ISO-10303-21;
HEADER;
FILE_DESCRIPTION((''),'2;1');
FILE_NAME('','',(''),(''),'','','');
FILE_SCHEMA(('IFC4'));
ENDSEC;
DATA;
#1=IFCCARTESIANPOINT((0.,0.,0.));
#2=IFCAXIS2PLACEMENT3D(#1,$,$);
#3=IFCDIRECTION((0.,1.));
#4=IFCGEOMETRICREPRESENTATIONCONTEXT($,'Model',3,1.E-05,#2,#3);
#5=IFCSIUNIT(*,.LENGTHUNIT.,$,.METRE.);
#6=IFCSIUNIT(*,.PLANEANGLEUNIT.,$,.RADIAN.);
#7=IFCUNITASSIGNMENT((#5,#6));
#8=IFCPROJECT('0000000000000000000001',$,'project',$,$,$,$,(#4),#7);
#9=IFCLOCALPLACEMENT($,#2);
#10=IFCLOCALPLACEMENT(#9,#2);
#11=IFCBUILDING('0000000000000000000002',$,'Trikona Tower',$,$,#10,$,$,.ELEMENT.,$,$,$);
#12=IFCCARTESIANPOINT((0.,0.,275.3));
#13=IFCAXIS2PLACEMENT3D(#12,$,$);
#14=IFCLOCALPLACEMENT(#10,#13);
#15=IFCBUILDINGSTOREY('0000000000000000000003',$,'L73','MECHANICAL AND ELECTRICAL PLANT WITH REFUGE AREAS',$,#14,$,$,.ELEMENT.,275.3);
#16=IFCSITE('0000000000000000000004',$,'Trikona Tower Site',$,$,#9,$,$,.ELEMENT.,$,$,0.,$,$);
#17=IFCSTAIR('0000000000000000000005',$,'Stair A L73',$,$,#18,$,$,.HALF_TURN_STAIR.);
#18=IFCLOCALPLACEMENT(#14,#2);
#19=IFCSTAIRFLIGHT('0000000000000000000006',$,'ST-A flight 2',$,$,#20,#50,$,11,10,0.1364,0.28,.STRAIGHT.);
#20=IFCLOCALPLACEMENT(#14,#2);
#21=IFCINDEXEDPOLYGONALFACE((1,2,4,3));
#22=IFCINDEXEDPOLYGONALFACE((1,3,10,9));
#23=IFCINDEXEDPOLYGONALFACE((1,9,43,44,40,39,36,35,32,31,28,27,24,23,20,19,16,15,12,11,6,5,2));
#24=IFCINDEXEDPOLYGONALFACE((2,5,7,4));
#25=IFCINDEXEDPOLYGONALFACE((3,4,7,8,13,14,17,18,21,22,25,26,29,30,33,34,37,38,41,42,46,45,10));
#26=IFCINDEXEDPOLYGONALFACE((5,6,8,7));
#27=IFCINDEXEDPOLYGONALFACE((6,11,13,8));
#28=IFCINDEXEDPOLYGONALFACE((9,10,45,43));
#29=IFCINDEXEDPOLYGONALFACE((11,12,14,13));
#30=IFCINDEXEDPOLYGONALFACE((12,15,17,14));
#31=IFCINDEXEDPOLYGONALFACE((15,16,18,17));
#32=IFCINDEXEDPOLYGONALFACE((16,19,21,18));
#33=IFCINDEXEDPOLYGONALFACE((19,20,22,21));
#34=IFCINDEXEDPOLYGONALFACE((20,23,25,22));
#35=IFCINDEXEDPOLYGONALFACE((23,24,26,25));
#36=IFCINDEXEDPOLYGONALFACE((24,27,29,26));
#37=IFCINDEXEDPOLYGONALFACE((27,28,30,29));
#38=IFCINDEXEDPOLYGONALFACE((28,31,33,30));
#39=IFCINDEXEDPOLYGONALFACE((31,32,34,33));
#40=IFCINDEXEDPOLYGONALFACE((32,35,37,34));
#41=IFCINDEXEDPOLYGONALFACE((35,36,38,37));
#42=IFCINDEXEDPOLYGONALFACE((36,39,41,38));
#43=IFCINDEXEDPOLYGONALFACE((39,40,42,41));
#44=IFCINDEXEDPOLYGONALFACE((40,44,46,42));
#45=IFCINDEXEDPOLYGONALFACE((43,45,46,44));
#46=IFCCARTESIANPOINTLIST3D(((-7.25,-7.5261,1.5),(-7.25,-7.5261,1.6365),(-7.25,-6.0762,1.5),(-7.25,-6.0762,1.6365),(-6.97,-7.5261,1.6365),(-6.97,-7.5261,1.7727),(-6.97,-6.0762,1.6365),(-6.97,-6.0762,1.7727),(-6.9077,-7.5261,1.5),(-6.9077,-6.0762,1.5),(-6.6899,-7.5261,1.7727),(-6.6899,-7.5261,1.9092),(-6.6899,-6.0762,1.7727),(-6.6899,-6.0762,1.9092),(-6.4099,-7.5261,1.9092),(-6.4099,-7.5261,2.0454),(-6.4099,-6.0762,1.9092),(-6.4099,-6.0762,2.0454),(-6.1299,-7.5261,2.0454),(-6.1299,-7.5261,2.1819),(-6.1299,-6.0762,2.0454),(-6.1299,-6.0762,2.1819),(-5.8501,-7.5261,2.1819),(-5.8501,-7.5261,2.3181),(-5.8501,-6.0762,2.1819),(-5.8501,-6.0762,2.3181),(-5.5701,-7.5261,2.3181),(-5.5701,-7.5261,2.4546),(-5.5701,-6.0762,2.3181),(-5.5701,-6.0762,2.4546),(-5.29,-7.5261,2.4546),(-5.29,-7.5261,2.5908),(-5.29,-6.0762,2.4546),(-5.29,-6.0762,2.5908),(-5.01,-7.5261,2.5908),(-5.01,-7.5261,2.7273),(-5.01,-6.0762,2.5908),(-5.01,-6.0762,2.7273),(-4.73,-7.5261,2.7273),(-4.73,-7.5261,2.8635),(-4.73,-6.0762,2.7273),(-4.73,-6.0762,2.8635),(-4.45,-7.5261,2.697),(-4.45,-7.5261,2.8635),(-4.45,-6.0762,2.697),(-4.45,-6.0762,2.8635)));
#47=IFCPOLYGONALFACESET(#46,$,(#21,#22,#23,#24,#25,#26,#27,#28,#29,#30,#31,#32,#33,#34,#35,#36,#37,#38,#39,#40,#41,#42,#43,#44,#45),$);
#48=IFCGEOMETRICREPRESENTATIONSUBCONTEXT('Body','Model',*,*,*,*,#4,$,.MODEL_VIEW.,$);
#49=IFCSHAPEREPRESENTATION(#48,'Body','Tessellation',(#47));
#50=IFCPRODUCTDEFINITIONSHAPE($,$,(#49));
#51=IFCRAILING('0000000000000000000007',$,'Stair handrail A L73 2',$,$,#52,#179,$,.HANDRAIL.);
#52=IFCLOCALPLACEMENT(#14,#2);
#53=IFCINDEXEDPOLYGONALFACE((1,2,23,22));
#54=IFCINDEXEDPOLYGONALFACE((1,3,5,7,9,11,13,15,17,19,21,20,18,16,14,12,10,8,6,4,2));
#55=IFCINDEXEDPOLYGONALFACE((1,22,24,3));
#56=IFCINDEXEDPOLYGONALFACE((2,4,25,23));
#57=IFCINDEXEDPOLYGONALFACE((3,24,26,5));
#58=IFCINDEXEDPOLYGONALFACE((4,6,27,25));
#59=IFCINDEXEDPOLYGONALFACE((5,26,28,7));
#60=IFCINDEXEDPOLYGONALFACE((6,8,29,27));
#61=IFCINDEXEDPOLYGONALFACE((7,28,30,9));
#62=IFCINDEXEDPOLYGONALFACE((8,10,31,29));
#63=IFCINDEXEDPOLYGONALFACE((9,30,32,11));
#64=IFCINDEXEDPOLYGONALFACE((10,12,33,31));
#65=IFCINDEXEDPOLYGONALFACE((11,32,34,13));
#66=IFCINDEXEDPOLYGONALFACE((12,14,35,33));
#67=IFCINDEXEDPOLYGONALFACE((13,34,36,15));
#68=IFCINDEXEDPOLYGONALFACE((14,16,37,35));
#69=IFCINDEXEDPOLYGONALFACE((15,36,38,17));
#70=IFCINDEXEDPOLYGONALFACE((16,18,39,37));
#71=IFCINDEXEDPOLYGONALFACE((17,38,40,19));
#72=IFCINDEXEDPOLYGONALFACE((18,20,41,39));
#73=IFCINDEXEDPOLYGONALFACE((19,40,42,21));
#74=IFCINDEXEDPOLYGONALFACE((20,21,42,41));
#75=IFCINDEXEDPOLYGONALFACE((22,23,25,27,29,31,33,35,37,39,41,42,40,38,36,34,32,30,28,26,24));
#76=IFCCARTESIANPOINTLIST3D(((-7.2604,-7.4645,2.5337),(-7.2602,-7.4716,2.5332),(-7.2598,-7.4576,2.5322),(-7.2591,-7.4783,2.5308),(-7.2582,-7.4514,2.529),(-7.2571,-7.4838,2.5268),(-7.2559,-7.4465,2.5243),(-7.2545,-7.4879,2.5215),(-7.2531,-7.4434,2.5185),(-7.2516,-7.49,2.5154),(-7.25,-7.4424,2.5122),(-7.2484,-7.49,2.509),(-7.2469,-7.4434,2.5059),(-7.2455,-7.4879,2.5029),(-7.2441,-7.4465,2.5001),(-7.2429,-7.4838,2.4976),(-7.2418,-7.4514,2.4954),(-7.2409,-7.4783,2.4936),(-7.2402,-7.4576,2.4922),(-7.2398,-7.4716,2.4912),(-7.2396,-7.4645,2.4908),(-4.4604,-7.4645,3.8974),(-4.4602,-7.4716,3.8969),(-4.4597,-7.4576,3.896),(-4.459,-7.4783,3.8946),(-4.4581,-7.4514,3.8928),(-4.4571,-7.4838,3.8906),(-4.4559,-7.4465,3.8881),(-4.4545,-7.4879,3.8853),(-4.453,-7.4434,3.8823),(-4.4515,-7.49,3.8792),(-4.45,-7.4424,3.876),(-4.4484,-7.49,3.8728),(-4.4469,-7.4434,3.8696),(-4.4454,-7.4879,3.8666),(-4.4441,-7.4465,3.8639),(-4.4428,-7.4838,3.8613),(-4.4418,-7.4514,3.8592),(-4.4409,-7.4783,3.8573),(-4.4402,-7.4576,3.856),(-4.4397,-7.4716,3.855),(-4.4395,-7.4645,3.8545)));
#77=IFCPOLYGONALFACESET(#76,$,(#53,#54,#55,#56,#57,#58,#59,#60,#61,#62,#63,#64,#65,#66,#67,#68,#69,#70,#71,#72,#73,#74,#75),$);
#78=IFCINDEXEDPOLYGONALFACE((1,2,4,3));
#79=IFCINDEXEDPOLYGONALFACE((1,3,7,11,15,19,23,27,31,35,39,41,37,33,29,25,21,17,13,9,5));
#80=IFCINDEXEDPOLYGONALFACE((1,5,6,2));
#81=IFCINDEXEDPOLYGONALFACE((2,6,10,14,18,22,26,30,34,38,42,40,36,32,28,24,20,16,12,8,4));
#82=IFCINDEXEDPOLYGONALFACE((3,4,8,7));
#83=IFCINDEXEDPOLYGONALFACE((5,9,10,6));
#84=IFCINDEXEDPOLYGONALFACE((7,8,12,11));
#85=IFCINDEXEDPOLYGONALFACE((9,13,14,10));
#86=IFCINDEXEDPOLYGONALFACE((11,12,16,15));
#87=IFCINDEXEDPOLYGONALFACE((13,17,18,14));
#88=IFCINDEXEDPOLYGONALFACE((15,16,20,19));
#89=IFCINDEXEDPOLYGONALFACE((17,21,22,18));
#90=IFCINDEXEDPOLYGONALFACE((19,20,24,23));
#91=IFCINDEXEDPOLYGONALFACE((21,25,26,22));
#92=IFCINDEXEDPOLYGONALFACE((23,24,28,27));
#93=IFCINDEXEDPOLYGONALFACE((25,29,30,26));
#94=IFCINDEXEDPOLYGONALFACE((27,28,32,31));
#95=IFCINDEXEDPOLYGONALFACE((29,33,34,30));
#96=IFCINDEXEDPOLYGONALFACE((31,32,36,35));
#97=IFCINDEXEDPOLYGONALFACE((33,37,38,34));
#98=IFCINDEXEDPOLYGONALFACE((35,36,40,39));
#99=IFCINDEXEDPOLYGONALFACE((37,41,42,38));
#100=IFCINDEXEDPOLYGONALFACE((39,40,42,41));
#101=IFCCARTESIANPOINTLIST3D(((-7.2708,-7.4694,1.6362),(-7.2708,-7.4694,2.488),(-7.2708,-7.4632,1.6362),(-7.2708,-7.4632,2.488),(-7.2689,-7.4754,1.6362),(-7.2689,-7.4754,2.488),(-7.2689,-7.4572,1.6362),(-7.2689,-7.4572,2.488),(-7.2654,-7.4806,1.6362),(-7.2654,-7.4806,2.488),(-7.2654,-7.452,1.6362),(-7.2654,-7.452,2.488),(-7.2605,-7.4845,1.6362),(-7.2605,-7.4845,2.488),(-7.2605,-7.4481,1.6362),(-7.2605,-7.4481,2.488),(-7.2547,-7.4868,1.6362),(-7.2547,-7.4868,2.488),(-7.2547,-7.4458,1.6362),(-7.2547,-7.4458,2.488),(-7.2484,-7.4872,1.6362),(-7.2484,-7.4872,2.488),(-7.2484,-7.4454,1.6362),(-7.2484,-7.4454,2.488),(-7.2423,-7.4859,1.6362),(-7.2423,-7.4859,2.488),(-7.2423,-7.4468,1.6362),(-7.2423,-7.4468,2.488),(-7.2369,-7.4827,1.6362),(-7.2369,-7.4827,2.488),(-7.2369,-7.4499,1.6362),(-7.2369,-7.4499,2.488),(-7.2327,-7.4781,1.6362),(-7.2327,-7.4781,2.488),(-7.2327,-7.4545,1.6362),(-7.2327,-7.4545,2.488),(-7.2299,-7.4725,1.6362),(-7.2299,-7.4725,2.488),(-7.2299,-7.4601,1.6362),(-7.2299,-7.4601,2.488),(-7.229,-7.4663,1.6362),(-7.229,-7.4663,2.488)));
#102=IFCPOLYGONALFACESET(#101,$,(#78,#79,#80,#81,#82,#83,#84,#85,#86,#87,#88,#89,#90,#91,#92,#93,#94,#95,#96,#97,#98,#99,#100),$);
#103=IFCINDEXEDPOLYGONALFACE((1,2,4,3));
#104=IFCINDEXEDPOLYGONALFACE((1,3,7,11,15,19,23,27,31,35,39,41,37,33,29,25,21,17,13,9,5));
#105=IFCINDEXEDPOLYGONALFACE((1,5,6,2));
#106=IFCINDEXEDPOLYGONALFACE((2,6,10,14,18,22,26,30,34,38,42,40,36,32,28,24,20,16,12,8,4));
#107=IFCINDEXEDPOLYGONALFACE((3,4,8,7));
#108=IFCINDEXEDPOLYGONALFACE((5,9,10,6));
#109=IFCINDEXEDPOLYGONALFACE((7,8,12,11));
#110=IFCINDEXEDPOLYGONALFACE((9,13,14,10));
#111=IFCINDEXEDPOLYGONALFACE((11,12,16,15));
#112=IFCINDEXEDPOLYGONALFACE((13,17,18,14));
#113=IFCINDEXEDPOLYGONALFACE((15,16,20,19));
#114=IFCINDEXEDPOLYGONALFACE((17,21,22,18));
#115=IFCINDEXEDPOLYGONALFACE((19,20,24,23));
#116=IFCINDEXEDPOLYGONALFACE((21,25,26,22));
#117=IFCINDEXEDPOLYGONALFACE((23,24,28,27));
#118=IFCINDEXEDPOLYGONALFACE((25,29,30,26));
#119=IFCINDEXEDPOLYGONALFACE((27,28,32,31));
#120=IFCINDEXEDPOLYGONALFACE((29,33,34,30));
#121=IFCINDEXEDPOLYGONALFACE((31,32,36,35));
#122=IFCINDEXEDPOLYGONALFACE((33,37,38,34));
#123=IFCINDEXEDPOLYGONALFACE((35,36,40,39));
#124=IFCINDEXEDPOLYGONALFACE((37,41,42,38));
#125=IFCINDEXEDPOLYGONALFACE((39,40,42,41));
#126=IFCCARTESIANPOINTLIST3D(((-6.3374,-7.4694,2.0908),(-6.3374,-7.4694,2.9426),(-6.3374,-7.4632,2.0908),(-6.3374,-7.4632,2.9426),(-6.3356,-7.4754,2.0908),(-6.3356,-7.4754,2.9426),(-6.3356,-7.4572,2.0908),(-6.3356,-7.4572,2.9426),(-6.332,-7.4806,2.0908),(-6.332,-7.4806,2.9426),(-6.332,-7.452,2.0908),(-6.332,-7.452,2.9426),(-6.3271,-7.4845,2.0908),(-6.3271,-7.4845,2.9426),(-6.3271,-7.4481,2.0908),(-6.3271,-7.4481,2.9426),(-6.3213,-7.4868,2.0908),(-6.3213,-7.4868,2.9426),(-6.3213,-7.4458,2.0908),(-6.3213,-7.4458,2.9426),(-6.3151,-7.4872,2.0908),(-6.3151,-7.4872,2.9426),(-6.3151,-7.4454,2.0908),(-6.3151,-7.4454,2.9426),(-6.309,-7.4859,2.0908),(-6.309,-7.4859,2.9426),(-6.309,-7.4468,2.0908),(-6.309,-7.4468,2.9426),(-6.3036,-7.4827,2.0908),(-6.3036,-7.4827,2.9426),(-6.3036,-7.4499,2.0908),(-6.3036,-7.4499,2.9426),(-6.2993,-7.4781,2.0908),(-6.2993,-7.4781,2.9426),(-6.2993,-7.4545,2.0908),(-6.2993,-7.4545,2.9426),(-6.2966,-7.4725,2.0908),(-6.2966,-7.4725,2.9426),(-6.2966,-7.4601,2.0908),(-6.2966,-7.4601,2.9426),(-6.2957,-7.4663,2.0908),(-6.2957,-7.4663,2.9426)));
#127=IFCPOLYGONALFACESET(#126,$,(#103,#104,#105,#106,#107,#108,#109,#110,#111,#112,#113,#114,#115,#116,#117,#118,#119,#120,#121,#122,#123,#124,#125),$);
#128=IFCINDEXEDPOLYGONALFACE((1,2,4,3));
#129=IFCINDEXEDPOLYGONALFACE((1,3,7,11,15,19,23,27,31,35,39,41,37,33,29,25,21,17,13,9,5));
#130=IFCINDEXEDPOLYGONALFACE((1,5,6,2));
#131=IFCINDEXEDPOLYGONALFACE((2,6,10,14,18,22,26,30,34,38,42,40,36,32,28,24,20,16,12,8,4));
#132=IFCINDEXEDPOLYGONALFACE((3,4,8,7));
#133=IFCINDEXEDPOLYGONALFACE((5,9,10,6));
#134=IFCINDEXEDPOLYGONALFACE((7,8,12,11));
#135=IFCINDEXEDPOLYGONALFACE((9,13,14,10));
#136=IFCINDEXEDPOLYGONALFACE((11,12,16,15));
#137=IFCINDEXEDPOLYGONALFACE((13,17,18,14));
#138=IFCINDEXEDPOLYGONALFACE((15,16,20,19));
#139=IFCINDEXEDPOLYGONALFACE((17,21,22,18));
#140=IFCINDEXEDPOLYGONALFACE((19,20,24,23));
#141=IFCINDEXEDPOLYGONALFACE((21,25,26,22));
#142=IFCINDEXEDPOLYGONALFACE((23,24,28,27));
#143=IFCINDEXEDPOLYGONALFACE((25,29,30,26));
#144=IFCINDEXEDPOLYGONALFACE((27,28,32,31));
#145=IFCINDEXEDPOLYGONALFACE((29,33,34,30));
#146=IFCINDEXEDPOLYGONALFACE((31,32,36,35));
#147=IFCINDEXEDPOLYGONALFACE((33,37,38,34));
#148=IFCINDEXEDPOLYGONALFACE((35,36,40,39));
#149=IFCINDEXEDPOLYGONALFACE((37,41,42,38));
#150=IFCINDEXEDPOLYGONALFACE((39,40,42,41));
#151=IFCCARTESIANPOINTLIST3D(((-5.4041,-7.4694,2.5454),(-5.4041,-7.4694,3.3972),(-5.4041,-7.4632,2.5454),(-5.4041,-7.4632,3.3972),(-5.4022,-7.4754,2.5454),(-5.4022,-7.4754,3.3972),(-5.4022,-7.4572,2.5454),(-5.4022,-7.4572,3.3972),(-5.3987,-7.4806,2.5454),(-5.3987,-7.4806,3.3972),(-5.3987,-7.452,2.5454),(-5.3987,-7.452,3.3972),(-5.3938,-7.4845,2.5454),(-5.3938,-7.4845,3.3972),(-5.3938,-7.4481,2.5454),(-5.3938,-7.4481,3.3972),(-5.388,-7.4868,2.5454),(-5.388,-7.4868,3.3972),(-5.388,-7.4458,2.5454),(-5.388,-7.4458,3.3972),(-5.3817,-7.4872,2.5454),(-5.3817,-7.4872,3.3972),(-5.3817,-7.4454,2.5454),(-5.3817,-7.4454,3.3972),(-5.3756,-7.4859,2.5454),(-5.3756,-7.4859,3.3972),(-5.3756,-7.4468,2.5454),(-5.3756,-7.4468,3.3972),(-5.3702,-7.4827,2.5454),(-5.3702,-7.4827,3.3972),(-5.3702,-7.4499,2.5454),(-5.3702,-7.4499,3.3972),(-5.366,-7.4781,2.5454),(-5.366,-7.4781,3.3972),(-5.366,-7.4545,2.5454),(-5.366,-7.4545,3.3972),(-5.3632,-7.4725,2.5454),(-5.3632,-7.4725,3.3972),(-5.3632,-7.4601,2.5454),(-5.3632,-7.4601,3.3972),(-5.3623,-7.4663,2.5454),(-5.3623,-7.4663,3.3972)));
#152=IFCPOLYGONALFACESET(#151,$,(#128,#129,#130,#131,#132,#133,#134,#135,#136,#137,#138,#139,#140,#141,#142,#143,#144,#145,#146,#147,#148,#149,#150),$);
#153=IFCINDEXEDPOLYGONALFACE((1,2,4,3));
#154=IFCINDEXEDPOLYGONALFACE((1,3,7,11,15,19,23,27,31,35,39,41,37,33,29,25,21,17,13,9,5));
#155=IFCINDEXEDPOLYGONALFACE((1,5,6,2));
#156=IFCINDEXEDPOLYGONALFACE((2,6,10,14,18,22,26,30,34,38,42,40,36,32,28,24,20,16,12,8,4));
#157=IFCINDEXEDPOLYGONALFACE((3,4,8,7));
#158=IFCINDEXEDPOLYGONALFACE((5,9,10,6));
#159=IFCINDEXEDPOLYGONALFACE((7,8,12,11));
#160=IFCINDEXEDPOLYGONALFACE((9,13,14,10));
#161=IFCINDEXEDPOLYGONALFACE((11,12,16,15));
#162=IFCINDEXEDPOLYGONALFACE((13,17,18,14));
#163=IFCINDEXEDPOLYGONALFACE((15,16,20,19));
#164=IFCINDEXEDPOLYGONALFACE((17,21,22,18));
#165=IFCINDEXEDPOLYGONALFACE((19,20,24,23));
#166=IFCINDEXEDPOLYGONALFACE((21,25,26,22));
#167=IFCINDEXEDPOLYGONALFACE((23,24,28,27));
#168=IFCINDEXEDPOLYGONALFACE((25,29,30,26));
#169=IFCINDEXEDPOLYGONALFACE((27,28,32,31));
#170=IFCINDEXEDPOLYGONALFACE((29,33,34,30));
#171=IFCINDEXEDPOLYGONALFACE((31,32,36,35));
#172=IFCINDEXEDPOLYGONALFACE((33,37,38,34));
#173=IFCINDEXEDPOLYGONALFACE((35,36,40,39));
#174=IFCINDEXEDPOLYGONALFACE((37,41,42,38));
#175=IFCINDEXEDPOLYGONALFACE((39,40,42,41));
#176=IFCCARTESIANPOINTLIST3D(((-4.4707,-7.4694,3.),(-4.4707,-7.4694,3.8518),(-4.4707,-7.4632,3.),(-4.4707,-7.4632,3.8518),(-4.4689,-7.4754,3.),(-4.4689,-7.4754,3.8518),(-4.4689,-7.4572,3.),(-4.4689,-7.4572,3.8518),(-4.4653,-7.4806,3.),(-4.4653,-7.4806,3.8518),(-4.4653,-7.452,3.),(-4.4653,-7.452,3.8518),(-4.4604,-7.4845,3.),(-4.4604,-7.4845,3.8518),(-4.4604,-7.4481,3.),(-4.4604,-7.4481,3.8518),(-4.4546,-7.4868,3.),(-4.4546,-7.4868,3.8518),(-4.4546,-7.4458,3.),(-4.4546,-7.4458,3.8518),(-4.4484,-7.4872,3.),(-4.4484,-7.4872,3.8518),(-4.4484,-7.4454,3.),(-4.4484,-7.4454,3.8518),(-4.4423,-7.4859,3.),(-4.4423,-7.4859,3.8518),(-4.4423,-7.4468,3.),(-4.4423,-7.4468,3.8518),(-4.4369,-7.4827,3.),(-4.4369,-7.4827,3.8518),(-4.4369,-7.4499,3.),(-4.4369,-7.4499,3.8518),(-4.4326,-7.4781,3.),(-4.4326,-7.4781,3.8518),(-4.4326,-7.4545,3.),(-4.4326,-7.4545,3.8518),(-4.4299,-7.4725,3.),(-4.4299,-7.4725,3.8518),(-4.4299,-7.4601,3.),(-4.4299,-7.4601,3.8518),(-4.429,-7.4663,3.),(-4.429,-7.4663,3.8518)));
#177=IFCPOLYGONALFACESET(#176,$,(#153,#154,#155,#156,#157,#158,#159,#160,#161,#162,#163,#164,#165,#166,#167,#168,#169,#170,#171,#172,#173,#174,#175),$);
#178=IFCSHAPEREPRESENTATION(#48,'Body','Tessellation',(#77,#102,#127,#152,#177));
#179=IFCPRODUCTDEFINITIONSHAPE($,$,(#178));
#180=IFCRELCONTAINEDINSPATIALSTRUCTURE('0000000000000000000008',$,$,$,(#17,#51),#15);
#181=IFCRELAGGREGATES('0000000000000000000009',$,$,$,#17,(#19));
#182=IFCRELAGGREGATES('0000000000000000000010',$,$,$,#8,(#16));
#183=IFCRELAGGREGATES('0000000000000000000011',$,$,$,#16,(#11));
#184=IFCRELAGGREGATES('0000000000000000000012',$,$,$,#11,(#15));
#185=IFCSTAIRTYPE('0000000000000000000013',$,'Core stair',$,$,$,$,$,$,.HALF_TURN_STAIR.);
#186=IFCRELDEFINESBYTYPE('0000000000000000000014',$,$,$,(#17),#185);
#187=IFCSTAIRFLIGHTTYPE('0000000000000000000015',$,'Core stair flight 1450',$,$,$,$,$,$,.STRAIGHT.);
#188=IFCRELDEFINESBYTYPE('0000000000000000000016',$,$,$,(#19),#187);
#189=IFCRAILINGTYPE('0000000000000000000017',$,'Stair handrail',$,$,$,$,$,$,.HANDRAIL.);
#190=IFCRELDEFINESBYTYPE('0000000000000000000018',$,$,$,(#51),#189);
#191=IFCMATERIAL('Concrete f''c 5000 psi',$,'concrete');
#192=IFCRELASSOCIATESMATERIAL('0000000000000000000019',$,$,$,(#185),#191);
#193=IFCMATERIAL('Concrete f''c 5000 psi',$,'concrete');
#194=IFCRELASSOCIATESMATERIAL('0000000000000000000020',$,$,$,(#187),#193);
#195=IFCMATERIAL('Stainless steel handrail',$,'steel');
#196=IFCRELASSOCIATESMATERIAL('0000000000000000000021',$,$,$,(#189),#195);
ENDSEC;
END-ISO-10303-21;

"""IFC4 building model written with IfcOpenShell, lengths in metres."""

from ifc_helpers import new_model, si_unit, direction, frame, origin, origin_2d, place, context, subcontext, project, spatial, polyline, circle, outline, extrude, material, type_object, element, aggregate, save


model = new_model("IFC4")

# Units and contexts
model_context = context("Model", 3, precision=1e-05, world=origin(), true_north=direction((0.0, 1.0)))
body_context = subcontext(model_context, "Body", "Model", "MODEL_VIEW")
ifc_project = project(units=[si_unit("LENGTHUNIT", "METRE"), si_unit("PLANEANGLEUNIT", "RADIAN")], contexts=[model_context])

# Site, building, storey
site_placement = place(None, origin())
site = spatial("IfcSite", under=ifc_project, at=site_placement, Name="Trikona Tower Site", CompositionType="ELEMENT", RefElevation=0.0)
building_placement = place(site_placement, origin())
building = spatial("IfcBuilding", under=site, at=building_placement, Name="Trikona Tower", CompositionType="ELEMENT")
storey_placement = place(building_placement, frame((0.0, 0.0, 275.3)))
storey = spatial("IfcBuildingStorey", under=building, at=storey_placement, Name="L73", Description="MECHANICAL AND ELECTRICAL PLANT WITH REFUGE AREAS", CompositionType="ELEMENT", Elevation=275.3)

# Stair, stair flight
ifc_material_1 = material(Name="Concrete f'c 5000 psi", Category="concrete")
stair_type = type_object("IfcStairType", Name="Core stair", PredefinedType="HALF_TURN_STAIR", material=ifc_material_1)
stair_placement = place(storey_placement, origin())
stair = element("IfcStair", 1, at=stair_placement, inside=storey, type_object=stair_type, Name="Stair A L73", PredefinedType="HALF_TURN_STAIR")
ifc_material_2 = material(Name="Concrete f'c 5000 psi", Category="concrete")
stair_flight_type = type_object("IfcStairFlightType", Name="Core stair flight 1450", PredefinedType="STRAIGHT", material=ifc_material_2)
stair_flight_placement = place(storey_placement, frame((-7.25, -6.8013, 1.5), z_axis=(0.0, 0.0, 1.0), x_axis=(1.0, 0.0, 0.0)))
stair_flight = element("IfcStairFlight", 2, at=stair_flight_placement, type_object=stair_flight_type, Name="ST-A flight 2", NumberOfRisers=11, NumberOfTreads=10, PredefinedType="STRAIGHT", RiserHeight=0.1364, TreadLength=0.28, context=body_context, shape_type="SweptSolid", body=[
    extrude(outline(polyline([(0.0, 0.0), (0.0, 0.1365), (0.28, 0.1365), (0.28, 0.2727), (0.5601, 0.2727), (0.5601, 0.4092), (0.8401, 0.4092), (0.8401, 0.5454), (1.1201, 0.5454), (1.1201, 0.6819), (1.3999, 0.6819), (1.3999, 0.8181), (1.6799, 0.8181), (1.6799, 0.9546), (1.96, 0.9546), (1.96, 1.0908), (2.24, 1.0908), (2.24, 1.2273), (2.52, 1.2273), (2.52, 1.3635), (2.8, 1.3635), (2.8, 1.5), (2.8, 1.197), (0.3423, 0.0), (0.0, 0.0)])), frame((0.0, 0.7251, 0.0), z_axis=(0.0, -1.0, 0.0), x_axis=(1.0, 0.0, 0.0)), (0.0, 0.0, 1.0), 1.45),
])
aggregate(stair, [stair_flight])

# Railing
ifc_material_3 = material(Name="Stainless steel handrail", Category="steel")
railing_type = type_object("IfcRailingType", Name="Stair handrail", PredefinedType="HANDRAIL", material=ifc_material_3)
for number, where, name in (
    (3, (-7.25, -7.4663, 1.6362), "Stair handrail A L73 2"),
):
    element("IfcRailing", number, at=place(storey_placement, frame(where)), inside=storey, type_object=railing_type, Name=name, PredefinedType="HANDRAIL", context=body_context, shape_type="SweptSolid", body=[
        extrude(circle(Radius=0.0239, at=origin_2d()), frame((0.0, 0.0, 0.876), z_axis=(0.899035, 0.0, 0.437877), x_axis=(0.0, 1.0, 0.0)), (0.0, 0.0, 1.0), 3.1145),
        extrude(circle(Radius=0.021, at=origin_2d()), origin(), (0.0, 0.0, 1.0), 0.8518),
        extrude(circle(Radius=0.021, at=origin_2d()), frame((0.9333, 0.0, 0.4546)), (0.0, 0.0, 1.0), 0.8518),
        extrude(circle(Radius=0.021, at=origin_2d()), frame((1.8667, 0.0, 0.9092)), (0.0, 0.0, 1.0), 0.8518),
        extrude(circle(Radius=0.021, at=origin_2d()), frame((2.8, 0.0, 1.3638)), (0.0, 0.0, 1.0), 0.8518),
    ])

save(model, "model.ifc")
